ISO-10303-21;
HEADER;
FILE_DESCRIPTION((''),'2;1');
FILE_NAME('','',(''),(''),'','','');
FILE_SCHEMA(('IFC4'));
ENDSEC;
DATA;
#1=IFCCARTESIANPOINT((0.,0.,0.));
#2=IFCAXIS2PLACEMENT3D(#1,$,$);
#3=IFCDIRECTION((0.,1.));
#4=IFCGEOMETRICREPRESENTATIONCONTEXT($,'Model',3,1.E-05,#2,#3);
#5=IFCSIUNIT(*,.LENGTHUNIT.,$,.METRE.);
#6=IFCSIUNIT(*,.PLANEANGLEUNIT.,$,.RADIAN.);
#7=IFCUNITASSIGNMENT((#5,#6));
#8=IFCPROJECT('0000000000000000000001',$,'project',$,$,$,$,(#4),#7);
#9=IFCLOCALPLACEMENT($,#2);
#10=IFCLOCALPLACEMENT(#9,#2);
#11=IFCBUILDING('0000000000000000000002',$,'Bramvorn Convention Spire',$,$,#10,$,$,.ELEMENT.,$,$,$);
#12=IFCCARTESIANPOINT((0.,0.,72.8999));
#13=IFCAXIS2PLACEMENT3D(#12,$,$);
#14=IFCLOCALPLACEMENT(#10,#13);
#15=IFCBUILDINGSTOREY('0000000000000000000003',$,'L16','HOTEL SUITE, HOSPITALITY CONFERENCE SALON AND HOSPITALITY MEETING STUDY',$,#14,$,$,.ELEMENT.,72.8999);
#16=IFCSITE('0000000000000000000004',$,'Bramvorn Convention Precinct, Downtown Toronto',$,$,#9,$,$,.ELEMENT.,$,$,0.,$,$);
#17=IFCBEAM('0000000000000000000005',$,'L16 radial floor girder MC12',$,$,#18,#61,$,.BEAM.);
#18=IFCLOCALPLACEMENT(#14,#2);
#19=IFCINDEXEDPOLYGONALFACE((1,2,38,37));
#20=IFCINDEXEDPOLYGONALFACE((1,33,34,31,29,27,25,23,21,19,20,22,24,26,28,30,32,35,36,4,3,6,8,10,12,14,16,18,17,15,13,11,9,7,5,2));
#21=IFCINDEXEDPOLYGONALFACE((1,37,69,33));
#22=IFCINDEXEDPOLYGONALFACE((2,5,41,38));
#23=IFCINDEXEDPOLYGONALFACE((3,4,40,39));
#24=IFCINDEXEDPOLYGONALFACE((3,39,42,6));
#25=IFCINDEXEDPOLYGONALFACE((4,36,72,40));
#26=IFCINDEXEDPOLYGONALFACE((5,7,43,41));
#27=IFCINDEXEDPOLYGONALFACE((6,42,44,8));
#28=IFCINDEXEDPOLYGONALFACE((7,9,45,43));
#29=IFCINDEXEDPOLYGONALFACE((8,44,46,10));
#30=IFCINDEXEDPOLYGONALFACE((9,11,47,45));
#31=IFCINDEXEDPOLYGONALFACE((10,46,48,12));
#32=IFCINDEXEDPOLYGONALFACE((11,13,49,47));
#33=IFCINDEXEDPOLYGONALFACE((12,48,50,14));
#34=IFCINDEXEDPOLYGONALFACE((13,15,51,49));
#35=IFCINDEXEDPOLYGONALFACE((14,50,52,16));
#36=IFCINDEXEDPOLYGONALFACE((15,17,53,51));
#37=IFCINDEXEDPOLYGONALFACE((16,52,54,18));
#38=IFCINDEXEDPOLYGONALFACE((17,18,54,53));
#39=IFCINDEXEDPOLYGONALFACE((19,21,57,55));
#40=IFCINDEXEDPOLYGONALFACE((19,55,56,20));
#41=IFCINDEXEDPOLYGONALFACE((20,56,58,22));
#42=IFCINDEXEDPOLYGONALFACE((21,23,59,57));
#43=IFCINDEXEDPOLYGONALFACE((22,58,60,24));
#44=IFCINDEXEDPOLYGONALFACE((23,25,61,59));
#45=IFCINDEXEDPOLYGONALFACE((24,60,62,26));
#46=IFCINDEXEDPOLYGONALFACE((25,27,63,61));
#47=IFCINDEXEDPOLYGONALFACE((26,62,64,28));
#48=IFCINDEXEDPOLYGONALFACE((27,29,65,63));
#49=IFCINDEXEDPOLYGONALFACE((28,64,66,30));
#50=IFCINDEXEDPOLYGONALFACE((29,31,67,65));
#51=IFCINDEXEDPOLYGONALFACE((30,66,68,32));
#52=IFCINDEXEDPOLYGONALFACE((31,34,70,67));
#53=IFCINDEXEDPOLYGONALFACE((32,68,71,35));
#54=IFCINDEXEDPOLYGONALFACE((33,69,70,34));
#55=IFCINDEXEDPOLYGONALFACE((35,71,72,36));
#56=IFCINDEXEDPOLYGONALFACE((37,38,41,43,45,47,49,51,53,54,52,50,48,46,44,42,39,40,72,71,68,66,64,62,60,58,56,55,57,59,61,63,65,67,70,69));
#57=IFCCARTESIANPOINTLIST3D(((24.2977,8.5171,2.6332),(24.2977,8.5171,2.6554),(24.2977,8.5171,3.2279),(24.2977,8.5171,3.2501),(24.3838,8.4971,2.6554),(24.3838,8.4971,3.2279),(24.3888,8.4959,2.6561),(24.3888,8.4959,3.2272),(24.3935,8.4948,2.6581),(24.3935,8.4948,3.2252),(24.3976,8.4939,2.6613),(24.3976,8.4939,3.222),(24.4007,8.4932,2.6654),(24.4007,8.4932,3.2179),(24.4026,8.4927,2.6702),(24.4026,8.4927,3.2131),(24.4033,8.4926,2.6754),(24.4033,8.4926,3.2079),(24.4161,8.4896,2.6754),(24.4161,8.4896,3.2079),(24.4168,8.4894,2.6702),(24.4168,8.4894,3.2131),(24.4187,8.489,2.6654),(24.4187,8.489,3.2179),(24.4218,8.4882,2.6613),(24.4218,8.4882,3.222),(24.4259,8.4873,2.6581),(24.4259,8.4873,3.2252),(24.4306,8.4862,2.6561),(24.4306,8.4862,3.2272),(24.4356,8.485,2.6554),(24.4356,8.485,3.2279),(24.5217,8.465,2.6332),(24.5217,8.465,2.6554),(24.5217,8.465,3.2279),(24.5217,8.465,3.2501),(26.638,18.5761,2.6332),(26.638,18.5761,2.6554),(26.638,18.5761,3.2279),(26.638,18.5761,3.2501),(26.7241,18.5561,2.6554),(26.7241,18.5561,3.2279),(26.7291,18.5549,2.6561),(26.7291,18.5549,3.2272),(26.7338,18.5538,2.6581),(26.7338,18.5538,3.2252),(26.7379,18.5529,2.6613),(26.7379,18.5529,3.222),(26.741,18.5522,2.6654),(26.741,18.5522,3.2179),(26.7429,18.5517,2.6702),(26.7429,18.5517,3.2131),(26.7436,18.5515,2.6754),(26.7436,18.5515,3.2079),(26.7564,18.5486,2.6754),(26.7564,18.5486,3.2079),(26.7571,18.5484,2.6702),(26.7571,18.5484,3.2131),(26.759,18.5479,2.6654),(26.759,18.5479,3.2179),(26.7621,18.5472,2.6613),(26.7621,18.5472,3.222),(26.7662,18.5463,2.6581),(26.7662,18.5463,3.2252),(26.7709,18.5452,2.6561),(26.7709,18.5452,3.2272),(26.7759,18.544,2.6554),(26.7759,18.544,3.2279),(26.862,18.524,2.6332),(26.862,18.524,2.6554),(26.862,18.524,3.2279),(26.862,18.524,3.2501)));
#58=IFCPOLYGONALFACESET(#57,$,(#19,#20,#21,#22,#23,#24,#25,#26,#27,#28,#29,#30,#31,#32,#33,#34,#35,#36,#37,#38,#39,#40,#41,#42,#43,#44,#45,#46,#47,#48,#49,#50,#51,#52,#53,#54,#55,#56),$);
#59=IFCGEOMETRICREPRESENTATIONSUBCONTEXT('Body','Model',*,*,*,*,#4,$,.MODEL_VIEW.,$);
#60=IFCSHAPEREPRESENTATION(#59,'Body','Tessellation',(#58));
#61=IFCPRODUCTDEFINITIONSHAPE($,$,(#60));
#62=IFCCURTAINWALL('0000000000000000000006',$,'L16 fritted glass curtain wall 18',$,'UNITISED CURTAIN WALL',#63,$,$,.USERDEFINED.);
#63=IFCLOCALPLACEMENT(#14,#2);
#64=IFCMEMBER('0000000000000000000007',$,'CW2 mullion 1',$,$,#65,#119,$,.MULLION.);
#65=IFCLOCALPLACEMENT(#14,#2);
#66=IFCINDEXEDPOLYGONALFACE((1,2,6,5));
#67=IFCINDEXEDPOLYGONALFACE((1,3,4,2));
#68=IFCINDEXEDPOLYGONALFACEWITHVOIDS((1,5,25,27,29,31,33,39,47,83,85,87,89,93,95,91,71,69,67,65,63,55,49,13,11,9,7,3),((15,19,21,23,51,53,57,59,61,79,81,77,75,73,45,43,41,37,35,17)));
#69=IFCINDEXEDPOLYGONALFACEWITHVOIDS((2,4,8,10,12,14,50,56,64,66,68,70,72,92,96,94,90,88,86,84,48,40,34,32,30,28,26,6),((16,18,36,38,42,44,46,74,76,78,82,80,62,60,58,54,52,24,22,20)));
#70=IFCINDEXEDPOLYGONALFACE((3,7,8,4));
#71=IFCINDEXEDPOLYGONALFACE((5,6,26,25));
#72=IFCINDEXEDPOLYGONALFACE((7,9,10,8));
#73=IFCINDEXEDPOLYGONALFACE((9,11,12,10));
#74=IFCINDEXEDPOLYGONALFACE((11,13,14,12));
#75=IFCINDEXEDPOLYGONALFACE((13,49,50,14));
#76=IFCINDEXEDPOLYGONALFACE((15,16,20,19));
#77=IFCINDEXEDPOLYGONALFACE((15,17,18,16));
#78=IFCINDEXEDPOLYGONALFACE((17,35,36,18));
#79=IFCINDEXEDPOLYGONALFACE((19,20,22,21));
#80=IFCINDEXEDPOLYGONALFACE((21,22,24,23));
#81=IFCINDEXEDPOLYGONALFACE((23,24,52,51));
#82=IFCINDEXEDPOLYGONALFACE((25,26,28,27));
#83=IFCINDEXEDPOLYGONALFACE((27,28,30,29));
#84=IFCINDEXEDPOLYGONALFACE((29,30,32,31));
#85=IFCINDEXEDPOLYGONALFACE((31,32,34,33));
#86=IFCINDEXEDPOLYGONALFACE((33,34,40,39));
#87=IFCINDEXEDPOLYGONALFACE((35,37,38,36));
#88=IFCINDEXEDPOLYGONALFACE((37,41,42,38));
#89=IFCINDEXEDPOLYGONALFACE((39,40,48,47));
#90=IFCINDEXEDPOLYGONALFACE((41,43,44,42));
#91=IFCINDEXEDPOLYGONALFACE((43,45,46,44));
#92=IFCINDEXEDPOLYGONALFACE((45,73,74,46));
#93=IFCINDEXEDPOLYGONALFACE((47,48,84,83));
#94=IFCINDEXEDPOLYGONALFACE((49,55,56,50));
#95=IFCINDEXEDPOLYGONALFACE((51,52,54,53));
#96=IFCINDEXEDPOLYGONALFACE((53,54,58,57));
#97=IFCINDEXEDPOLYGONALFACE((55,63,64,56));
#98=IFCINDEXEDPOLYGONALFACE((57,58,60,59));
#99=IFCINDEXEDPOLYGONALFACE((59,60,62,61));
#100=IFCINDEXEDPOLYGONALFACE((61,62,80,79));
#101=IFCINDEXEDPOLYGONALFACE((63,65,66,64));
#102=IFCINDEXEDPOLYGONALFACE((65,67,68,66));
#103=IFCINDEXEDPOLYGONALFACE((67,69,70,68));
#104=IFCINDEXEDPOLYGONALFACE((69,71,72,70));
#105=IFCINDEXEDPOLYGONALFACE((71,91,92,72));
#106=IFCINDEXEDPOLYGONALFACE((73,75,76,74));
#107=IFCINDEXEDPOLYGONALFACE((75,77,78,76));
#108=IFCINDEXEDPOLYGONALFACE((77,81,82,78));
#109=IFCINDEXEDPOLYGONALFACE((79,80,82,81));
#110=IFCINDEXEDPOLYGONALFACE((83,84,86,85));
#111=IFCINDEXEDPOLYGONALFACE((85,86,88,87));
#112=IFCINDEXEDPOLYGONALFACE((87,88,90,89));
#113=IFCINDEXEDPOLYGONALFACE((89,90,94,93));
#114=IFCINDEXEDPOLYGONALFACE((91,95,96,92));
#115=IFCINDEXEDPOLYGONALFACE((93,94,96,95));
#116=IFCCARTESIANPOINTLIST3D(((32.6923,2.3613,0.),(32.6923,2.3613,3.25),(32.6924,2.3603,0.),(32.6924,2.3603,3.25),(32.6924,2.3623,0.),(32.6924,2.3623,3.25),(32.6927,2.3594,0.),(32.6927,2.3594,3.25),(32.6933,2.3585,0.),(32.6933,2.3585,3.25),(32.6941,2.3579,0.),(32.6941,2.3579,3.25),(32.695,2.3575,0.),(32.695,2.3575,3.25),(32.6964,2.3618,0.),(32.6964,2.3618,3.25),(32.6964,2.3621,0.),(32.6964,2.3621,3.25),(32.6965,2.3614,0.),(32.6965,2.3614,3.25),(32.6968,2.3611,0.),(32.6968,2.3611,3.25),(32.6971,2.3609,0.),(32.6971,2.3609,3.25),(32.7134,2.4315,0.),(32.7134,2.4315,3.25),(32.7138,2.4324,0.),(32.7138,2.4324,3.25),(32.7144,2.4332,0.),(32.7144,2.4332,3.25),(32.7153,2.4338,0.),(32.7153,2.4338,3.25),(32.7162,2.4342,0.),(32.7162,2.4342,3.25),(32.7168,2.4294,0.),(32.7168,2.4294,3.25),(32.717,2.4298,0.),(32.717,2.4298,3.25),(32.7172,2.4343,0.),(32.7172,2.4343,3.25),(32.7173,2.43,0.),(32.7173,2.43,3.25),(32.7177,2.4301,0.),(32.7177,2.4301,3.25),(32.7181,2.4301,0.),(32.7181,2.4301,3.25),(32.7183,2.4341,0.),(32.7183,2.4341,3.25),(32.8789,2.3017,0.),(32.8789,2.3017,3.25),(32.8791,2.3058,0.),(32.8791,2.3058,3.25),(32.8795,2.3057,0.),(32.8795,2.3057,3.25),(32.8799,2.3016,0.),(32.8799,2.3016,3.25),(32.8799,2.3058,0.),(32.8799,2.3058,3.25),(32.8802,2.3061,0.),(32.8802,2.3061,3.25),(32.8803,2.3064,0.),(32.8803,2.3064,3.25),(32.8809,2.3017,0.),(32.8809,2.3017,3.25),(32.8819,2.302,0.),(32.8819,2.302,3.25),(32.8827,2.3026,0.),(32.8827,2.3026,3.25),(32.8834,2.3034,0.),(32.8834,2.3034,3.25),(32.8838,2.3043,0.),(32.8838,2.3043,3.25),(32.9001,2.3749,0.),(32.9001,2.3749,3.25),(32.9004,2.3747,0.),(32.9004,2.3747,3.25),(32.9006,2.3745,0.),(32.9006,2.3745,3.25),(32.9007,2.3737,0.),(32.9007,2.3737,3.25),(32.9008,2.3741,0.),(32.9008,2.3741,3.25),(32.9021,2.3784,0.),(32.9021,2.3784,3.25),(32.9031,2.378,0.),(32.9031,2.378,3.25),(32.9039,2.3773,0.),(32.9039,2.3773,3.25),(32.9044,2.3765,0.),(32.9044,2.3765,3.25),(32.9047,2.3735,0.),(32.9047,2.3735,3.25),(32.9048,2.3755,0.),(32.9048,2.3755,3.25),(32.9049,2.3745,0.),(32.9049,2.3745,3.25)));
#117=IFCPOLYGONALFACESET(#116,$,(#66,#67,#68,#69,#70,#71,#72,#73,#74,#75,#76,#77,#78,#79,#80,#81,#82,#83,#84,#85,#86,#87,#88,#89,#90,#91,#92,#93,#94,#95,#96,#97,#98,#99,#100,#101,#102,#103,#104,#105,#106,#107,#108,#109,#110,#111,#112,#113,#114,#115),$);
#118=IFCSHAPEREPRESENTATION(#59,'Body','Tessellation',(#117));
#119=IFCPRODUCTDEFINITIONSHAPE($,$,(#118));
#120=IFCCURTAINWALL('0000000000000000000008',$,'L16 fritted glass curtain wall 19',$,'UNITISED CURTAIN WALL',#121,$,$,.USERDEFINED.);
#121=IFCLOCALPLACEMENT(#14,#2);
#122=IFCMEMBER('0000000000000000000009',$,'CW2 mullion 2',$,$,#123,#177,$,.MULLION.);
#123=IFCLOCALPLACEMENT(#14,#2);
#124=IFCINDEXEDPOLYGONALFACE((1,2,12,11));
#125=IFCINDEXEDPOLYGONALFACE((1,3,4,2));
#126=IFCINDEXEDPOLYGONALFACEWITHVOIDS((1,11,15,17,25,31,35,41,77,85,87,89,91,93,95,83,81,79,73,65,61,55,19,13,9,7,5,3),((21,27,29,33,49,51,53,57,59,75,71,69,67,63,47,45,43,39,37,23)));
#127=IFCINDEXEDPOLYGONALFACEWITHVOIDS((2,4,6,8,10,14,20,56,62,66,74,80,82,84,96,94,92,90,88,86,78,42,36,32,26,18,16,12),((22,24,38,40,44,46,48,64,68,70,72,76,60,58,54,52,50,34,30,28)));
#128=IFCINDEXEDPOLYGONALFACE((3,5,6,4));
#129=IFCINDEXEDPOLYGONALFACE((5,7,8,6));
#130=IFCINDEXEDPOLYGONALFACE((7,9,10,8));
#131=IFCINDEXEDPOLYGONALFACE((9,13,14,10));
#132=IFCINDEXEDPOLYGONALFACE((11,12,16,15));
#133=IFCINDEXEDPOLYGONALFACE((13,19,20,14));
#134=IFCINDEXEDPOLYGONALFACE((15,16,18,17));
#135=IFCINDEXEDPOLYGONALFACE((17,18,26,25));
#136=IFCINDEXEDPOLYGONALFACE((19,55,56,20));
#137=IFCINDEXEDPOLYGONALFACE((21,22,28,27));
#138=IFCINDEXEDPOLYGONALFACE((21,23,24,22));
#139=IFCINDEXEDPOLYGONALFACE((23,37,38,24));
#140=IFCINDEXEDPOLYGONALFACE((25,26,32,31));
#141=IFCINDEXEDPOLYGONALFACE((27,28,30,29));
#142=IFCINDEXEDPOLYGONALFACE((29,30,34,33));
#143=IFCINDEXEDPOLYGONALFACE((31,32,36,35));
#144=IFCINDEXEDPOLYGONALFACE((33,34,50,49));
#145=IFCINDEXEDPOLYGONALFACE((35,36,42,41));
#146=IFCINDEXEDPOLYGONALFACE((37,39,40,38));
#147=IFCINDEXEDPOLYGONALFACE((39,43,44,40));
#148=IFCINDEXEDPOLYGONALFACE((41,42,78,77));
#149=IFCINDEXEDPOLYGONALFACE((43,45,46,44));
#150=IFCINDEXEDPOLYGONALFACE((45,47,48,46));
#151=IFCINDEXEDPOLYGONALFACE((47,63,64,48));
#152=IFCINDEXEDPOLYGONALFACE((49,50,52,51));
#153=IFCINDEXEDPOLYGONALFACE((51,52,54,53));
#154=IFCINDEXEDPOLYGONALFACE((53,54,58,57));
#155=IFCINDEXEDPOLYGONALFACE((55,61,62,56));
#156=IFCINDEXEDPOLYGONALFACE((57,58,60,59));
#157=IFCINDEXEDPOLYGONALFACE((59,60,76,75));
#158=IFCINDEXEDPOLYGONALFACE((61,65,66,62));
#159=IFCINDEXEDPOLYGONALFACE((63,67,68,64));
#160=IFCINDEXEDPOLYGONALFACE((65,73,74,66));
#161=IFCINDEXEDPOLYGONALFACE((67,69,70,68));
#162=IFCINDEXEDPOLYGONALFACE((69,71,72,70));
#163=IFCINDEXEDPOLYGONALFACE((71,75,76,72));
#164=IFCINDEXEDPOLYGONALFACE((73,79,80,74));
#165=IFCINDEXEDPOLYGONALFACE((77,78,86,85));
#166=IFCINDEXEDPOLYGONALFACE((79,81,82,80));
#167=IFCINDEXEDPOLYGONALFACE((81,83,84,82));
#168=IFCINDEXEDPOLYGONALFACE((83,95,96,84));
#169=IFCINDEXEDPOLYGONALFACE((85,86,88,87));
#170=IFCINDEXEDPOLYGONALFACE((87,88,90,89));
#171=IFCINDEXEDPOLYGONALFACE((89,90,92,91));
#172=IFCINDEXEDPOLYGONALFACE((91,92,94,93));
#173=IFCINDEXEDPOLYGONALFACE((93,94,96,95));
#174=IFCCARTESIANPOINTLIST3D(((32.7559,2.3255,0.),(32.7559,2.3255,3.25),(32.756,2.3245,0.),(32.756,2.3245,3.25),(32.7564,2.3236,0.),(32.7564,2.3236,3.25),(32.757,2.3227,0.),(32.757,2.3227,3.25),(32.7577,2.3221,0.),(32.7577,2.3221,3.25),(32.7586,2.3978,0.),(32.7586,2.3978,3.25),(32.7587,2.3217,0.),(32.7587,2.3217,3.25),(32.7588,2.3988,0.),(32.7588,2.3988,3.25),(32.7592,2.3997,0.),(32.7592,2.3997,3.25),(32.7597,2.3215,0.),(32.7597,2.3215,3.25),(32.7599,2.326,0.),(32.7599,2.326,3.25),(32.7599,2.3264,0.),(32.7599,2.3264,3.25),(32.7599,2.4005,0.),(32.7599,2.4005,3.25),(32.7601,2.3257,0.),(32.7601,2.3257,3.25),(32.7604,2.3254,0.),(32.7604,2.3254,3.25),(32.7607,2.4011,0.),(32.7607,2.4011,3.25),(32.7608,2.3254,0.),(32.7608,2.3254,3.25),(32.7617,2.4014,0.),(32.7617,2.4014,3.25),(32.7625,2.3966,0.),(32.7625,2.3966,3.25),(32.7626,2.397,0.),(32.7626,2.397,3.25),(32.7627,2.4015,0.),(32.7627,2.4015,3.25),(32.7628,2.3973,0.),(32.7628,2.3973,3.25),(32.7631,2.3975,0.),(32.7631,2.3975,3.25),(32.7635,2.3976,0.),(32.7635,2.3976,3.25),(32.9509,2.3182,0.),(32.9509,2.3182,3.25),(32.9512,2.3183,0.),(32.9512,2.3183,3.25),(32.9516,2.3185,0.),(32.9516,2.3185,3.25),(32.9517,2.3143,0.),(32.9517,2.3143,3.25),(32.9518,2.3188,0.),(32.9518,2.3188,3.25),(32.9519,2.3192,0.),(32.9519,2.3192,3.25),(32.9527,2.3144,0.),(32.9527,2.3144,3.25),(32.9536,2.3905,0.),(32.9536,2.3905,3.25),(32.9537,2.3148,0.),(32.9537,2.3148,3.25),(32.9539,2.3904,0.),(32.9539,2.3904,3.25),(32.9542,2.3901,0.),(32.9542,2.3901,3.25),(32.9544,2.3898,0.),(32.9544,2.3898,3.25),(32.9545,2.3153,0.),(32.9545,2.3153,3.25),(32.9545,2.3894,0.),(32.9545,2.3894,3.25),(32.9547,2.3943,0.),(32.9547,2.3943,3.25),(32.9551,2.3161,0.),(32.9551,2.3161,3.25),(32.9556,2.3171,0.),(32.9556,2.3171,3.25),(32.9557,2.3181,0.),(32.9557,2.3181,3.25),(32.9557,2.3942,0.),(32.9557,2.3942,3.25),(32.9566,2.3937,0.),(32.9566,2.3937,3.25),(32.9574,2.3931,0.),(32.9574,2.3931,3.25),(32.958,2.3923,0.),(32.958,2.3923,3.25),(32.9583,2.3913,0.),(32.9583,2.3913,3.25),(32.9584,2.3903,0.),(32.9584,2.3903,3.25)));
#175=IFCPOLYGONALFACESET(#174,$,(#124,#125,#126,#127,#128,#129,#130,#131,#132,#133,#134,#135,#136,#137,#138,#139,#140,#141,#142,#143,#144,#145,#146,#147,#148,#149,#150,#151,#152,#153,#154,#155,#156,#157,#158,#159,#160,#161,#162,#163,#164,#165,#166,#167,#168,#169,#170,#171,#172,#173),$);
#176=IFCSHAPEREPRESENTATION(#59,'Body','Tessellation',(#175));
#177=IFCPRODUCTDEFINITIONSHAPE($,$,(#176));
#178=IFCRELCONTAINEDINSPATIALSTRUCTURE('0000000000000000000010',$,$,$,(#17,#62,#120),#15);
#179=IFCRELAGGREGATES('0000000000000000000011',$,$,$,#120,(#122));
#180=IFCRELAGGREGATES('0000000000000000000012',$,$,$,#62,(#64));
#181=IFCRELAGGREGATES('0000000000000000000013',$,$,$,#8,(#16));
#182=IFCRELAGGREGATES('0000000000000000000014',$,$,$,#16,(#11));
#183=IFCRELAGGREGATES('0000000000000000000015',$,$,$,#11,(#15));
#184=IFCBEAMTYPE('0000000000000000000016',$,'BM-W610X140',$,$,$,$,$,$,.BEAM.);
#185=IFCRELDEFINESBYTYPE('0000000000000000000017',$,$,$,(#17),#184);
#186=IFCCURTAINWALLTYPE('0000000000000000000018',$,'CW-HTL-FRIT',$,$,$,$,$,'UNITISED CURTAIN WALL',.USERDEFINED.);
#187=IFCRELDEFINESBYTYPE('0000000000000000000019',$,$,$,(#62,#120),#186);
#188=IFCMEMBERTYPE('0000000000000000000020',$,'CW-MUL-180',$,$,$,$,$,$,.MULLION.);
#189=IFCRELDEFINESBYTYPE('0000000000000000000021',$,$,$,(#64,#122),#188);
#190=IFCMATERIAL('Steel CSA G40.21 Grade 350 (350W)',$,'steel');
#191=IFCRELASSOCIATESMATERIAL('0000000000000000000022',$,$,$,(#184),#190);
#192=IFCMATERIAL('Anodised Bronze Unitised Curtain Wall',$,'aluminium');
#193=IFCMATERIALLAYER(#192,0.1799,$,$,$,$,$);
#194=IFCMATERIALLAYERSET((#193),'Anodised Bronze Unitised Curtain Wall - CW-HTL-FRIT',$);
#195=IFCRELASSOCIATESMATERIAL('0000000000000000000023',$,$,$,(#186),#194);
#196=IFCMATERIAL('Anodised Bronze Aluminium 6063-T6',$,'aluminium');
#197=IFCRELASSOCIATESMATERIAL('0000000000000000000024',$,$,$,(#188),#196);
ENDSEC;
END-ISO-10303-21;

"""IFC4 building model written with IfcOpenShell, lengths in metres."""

from ifc_helpers import new_model, si_unit, direction, frame, origin, origin_2d, place, context, subcontext, project, spatial, hollow_rectangle, i_section, extrude, material, layer, layer_set, material_profile, profile_set, type_object, element, aggregate, save


model = new_model("IFC4")

# Units and contexts
model_context = context("Model", 3, precision=1e-05, world=origin(), true_north=direction((0.0, 1.0)))
body_context = subcontext(model_context, "Body", "Model", "MODEL_VIEW")
ifc_project = project(units=[si_unit("LENGTHUNIT", "METRE"), si_unit("PLANEANGLEUNIT", "RADIAN")], contexts=[model_context])

# Site, building, storey
site_placement = place(None, origin())
site = spatial("IfcSite", under=ifc_project, at=site_placement, Name="Bramvorn Convention Precinct, Downtown Toronto", CompositionType="ELEMENT", RefElevation=0.0)
building_placement = place(site_placement, origin())
building = spatial("IfcBuilding", under=site, at=building_placement, Name="Bramvorn Convention Spire", CompositionType="ELEMENT")
storey_placement = place(building_placement, frame((0.0, 0.0, 72.8999)))
storey = spatial("IfcBuildingStorey", under=building, at=storey_placement, Name="L16", Description="HOTEL SUITE, HOSPITALITY CONFERENCE SALON AND HOSPITALITY MEETING STUDY", CompositionType="ELEMENT", Elevation=72.8999)

# Beam
ifc_material_1 = material(Name="Steel CSA G40.21 Grade 350 (350W)", Category="steel")
ifc_material_profile_1 = material_profile(ifc_material_1, i_section(OverallWidth=0.23, OverallDepth=0.6169, WebThickness=0.0132, FlangeThickness=0.0222, FilletRadius=0.02, at=origin_2d()))
ifc_profile_set_1 = profile_set([ifc_material_profile_1], Name="Steel CSA G40.21 Grade 350 (350W) - W610X140")
beam_type_1 = type_object("IfcBeamType", Name="BM-W610X140", PredefinedType="BEAM", material=ifc_profile_set_1)
beam_1_placement = place(storey_placement, frame((26.75, 18.55, 2.9417), z_axis=(-0.226606, -0.973986, 0.0), x_axis=(0.973986, -0.226606, 0.0)))
element("IfcBeam", 1, at=beam_1_placement, inside=storey, type_object=beam_type_1, Name="L16 radial floor girder MC12", PredefinedType="BEAM", context=body_context, shape_type="SweptSolid", body=[
    extrude(i_section(OverallWidth=0.23, OverallDepth=0.6169, WebThickness=0.0132, FlangeThickness=0.0222, FilletRadius=0.02, at=origin_2d()), origin(), (0.0, 0.0, 1.0), 10.3276),
])

# Curtain walls, members
ifc_material_2 = material(Name="Anodised Bronze Unitised Curtain Wall", Category="aluminium")
ifc_layer_1 = layer(ifc_material_2, 0.1799)
ifc_layer_set_1 = layer_set([ifc_layer_1], Name="Anodised Bronze Unitised Curtain Wall - CW-HTL-FRIT")
curtain_wall_type = type_object("IfcCurtainWallType", Name="CW-HTL-FRIT", ElementType="UNITISED CURTAIN WALL", PredefinedType="USERDEFINED", material=ifc_layer_set_1)
curtain_wall_1_placement = place(storey_placement, origin())
curtain_wall_1 = element("IfcCurtainWall", 2, at=curtain_wall_1_placement, inside=storey, type_object=curtain_wall_type, Name="L16 fritted glass curtain wall 18", ObjectType="UNITISED CURTAIN WALL", PredefinedType="USERDEFINED")
ifc_material_3 = material(Name="Anodised Bronze Aluminium 6063-T6", Category="aluminium")
ifc_material_profile_2 = material_profile(ifc_material_3, hollow_rectangle(XDim=0.0801, YDim=0.2, WallThickness=0.0039, InnerFilletRadius=0.001, OuterFilletRadius=0.0039, at=origin_2d()))
ifc_profile_set_2 = profile_set([ifc_material_profile_2], Name="Anodised Bronze Aluminium 6063-T6 - CWM80X200")
member_type_1 = type_object("IfcMemberType", Name="CW-MUL-180", PredefinedType="MULLION", material=ifc_profile_set_2)
member_1_placement = place(storey_placement, frame((32.7986, 2.3679, 0.0), z_axis=(0.0, 0.0, 1.0), x_axis=(-0.28999, -0.95703, 0.0)))
member_1 = element("IfcMember", 3, at=member_1_placement, type_object=member_type_1, Name="CW2 mullion 1", PredefinedType="MULLION", context=body_context, shape_type="SweptSolid", body=[
    extrude(hollow_rectangle(XDim=0.0801, YDim=0.2, WallThickness=0.0039, InnerFilletRadius=0.001, OuterFilletRadius=0.0039, at=origin_2d()), origin(), (0.0, 0.0, 1.0), 3.25),
])
curtain_wall_2_placement = place(storey_placement, origin())
curtain_wall_2 = element("IfcCurtainWall", 4, at=curtain_wall_2_placement, inside=storey, type_object=curtain_wall_type, Name="L16 fritted glass curtain wall 19", ObjectType="UNITISED CURTAIN WALL", PredefinedType="USERDEFINED")
member_2_placement = place(storey_placement, frame((32.8572, 2.3579, 0.0), z_axis=(0.0, 0.0, 1.0), x_axis=(-0.037397, -0.9993, 0.0)))
member_2 = element("IfcMember", 5, at=member_2_placement, type_object=member_type_1, Name="CW2 mullion 2", PredefinedType="MULLION", context=body_context, shape_type="SweptSolid", body=[
    extrude(hollow_rectangle(XDim=0.0801, YDim=0.2, WallThickness=0.0039, InnerFilletRadius=0.001, OuterFilletRadius=0.0039, at=origin_2d()), origin(), (0.0, 0.0, 1.0), 3.25),
])
aggregate(curtain_wall_2, [member_2])

aggregate(curtain_wall_1, [member_1])

save(model, "model.ifc")
